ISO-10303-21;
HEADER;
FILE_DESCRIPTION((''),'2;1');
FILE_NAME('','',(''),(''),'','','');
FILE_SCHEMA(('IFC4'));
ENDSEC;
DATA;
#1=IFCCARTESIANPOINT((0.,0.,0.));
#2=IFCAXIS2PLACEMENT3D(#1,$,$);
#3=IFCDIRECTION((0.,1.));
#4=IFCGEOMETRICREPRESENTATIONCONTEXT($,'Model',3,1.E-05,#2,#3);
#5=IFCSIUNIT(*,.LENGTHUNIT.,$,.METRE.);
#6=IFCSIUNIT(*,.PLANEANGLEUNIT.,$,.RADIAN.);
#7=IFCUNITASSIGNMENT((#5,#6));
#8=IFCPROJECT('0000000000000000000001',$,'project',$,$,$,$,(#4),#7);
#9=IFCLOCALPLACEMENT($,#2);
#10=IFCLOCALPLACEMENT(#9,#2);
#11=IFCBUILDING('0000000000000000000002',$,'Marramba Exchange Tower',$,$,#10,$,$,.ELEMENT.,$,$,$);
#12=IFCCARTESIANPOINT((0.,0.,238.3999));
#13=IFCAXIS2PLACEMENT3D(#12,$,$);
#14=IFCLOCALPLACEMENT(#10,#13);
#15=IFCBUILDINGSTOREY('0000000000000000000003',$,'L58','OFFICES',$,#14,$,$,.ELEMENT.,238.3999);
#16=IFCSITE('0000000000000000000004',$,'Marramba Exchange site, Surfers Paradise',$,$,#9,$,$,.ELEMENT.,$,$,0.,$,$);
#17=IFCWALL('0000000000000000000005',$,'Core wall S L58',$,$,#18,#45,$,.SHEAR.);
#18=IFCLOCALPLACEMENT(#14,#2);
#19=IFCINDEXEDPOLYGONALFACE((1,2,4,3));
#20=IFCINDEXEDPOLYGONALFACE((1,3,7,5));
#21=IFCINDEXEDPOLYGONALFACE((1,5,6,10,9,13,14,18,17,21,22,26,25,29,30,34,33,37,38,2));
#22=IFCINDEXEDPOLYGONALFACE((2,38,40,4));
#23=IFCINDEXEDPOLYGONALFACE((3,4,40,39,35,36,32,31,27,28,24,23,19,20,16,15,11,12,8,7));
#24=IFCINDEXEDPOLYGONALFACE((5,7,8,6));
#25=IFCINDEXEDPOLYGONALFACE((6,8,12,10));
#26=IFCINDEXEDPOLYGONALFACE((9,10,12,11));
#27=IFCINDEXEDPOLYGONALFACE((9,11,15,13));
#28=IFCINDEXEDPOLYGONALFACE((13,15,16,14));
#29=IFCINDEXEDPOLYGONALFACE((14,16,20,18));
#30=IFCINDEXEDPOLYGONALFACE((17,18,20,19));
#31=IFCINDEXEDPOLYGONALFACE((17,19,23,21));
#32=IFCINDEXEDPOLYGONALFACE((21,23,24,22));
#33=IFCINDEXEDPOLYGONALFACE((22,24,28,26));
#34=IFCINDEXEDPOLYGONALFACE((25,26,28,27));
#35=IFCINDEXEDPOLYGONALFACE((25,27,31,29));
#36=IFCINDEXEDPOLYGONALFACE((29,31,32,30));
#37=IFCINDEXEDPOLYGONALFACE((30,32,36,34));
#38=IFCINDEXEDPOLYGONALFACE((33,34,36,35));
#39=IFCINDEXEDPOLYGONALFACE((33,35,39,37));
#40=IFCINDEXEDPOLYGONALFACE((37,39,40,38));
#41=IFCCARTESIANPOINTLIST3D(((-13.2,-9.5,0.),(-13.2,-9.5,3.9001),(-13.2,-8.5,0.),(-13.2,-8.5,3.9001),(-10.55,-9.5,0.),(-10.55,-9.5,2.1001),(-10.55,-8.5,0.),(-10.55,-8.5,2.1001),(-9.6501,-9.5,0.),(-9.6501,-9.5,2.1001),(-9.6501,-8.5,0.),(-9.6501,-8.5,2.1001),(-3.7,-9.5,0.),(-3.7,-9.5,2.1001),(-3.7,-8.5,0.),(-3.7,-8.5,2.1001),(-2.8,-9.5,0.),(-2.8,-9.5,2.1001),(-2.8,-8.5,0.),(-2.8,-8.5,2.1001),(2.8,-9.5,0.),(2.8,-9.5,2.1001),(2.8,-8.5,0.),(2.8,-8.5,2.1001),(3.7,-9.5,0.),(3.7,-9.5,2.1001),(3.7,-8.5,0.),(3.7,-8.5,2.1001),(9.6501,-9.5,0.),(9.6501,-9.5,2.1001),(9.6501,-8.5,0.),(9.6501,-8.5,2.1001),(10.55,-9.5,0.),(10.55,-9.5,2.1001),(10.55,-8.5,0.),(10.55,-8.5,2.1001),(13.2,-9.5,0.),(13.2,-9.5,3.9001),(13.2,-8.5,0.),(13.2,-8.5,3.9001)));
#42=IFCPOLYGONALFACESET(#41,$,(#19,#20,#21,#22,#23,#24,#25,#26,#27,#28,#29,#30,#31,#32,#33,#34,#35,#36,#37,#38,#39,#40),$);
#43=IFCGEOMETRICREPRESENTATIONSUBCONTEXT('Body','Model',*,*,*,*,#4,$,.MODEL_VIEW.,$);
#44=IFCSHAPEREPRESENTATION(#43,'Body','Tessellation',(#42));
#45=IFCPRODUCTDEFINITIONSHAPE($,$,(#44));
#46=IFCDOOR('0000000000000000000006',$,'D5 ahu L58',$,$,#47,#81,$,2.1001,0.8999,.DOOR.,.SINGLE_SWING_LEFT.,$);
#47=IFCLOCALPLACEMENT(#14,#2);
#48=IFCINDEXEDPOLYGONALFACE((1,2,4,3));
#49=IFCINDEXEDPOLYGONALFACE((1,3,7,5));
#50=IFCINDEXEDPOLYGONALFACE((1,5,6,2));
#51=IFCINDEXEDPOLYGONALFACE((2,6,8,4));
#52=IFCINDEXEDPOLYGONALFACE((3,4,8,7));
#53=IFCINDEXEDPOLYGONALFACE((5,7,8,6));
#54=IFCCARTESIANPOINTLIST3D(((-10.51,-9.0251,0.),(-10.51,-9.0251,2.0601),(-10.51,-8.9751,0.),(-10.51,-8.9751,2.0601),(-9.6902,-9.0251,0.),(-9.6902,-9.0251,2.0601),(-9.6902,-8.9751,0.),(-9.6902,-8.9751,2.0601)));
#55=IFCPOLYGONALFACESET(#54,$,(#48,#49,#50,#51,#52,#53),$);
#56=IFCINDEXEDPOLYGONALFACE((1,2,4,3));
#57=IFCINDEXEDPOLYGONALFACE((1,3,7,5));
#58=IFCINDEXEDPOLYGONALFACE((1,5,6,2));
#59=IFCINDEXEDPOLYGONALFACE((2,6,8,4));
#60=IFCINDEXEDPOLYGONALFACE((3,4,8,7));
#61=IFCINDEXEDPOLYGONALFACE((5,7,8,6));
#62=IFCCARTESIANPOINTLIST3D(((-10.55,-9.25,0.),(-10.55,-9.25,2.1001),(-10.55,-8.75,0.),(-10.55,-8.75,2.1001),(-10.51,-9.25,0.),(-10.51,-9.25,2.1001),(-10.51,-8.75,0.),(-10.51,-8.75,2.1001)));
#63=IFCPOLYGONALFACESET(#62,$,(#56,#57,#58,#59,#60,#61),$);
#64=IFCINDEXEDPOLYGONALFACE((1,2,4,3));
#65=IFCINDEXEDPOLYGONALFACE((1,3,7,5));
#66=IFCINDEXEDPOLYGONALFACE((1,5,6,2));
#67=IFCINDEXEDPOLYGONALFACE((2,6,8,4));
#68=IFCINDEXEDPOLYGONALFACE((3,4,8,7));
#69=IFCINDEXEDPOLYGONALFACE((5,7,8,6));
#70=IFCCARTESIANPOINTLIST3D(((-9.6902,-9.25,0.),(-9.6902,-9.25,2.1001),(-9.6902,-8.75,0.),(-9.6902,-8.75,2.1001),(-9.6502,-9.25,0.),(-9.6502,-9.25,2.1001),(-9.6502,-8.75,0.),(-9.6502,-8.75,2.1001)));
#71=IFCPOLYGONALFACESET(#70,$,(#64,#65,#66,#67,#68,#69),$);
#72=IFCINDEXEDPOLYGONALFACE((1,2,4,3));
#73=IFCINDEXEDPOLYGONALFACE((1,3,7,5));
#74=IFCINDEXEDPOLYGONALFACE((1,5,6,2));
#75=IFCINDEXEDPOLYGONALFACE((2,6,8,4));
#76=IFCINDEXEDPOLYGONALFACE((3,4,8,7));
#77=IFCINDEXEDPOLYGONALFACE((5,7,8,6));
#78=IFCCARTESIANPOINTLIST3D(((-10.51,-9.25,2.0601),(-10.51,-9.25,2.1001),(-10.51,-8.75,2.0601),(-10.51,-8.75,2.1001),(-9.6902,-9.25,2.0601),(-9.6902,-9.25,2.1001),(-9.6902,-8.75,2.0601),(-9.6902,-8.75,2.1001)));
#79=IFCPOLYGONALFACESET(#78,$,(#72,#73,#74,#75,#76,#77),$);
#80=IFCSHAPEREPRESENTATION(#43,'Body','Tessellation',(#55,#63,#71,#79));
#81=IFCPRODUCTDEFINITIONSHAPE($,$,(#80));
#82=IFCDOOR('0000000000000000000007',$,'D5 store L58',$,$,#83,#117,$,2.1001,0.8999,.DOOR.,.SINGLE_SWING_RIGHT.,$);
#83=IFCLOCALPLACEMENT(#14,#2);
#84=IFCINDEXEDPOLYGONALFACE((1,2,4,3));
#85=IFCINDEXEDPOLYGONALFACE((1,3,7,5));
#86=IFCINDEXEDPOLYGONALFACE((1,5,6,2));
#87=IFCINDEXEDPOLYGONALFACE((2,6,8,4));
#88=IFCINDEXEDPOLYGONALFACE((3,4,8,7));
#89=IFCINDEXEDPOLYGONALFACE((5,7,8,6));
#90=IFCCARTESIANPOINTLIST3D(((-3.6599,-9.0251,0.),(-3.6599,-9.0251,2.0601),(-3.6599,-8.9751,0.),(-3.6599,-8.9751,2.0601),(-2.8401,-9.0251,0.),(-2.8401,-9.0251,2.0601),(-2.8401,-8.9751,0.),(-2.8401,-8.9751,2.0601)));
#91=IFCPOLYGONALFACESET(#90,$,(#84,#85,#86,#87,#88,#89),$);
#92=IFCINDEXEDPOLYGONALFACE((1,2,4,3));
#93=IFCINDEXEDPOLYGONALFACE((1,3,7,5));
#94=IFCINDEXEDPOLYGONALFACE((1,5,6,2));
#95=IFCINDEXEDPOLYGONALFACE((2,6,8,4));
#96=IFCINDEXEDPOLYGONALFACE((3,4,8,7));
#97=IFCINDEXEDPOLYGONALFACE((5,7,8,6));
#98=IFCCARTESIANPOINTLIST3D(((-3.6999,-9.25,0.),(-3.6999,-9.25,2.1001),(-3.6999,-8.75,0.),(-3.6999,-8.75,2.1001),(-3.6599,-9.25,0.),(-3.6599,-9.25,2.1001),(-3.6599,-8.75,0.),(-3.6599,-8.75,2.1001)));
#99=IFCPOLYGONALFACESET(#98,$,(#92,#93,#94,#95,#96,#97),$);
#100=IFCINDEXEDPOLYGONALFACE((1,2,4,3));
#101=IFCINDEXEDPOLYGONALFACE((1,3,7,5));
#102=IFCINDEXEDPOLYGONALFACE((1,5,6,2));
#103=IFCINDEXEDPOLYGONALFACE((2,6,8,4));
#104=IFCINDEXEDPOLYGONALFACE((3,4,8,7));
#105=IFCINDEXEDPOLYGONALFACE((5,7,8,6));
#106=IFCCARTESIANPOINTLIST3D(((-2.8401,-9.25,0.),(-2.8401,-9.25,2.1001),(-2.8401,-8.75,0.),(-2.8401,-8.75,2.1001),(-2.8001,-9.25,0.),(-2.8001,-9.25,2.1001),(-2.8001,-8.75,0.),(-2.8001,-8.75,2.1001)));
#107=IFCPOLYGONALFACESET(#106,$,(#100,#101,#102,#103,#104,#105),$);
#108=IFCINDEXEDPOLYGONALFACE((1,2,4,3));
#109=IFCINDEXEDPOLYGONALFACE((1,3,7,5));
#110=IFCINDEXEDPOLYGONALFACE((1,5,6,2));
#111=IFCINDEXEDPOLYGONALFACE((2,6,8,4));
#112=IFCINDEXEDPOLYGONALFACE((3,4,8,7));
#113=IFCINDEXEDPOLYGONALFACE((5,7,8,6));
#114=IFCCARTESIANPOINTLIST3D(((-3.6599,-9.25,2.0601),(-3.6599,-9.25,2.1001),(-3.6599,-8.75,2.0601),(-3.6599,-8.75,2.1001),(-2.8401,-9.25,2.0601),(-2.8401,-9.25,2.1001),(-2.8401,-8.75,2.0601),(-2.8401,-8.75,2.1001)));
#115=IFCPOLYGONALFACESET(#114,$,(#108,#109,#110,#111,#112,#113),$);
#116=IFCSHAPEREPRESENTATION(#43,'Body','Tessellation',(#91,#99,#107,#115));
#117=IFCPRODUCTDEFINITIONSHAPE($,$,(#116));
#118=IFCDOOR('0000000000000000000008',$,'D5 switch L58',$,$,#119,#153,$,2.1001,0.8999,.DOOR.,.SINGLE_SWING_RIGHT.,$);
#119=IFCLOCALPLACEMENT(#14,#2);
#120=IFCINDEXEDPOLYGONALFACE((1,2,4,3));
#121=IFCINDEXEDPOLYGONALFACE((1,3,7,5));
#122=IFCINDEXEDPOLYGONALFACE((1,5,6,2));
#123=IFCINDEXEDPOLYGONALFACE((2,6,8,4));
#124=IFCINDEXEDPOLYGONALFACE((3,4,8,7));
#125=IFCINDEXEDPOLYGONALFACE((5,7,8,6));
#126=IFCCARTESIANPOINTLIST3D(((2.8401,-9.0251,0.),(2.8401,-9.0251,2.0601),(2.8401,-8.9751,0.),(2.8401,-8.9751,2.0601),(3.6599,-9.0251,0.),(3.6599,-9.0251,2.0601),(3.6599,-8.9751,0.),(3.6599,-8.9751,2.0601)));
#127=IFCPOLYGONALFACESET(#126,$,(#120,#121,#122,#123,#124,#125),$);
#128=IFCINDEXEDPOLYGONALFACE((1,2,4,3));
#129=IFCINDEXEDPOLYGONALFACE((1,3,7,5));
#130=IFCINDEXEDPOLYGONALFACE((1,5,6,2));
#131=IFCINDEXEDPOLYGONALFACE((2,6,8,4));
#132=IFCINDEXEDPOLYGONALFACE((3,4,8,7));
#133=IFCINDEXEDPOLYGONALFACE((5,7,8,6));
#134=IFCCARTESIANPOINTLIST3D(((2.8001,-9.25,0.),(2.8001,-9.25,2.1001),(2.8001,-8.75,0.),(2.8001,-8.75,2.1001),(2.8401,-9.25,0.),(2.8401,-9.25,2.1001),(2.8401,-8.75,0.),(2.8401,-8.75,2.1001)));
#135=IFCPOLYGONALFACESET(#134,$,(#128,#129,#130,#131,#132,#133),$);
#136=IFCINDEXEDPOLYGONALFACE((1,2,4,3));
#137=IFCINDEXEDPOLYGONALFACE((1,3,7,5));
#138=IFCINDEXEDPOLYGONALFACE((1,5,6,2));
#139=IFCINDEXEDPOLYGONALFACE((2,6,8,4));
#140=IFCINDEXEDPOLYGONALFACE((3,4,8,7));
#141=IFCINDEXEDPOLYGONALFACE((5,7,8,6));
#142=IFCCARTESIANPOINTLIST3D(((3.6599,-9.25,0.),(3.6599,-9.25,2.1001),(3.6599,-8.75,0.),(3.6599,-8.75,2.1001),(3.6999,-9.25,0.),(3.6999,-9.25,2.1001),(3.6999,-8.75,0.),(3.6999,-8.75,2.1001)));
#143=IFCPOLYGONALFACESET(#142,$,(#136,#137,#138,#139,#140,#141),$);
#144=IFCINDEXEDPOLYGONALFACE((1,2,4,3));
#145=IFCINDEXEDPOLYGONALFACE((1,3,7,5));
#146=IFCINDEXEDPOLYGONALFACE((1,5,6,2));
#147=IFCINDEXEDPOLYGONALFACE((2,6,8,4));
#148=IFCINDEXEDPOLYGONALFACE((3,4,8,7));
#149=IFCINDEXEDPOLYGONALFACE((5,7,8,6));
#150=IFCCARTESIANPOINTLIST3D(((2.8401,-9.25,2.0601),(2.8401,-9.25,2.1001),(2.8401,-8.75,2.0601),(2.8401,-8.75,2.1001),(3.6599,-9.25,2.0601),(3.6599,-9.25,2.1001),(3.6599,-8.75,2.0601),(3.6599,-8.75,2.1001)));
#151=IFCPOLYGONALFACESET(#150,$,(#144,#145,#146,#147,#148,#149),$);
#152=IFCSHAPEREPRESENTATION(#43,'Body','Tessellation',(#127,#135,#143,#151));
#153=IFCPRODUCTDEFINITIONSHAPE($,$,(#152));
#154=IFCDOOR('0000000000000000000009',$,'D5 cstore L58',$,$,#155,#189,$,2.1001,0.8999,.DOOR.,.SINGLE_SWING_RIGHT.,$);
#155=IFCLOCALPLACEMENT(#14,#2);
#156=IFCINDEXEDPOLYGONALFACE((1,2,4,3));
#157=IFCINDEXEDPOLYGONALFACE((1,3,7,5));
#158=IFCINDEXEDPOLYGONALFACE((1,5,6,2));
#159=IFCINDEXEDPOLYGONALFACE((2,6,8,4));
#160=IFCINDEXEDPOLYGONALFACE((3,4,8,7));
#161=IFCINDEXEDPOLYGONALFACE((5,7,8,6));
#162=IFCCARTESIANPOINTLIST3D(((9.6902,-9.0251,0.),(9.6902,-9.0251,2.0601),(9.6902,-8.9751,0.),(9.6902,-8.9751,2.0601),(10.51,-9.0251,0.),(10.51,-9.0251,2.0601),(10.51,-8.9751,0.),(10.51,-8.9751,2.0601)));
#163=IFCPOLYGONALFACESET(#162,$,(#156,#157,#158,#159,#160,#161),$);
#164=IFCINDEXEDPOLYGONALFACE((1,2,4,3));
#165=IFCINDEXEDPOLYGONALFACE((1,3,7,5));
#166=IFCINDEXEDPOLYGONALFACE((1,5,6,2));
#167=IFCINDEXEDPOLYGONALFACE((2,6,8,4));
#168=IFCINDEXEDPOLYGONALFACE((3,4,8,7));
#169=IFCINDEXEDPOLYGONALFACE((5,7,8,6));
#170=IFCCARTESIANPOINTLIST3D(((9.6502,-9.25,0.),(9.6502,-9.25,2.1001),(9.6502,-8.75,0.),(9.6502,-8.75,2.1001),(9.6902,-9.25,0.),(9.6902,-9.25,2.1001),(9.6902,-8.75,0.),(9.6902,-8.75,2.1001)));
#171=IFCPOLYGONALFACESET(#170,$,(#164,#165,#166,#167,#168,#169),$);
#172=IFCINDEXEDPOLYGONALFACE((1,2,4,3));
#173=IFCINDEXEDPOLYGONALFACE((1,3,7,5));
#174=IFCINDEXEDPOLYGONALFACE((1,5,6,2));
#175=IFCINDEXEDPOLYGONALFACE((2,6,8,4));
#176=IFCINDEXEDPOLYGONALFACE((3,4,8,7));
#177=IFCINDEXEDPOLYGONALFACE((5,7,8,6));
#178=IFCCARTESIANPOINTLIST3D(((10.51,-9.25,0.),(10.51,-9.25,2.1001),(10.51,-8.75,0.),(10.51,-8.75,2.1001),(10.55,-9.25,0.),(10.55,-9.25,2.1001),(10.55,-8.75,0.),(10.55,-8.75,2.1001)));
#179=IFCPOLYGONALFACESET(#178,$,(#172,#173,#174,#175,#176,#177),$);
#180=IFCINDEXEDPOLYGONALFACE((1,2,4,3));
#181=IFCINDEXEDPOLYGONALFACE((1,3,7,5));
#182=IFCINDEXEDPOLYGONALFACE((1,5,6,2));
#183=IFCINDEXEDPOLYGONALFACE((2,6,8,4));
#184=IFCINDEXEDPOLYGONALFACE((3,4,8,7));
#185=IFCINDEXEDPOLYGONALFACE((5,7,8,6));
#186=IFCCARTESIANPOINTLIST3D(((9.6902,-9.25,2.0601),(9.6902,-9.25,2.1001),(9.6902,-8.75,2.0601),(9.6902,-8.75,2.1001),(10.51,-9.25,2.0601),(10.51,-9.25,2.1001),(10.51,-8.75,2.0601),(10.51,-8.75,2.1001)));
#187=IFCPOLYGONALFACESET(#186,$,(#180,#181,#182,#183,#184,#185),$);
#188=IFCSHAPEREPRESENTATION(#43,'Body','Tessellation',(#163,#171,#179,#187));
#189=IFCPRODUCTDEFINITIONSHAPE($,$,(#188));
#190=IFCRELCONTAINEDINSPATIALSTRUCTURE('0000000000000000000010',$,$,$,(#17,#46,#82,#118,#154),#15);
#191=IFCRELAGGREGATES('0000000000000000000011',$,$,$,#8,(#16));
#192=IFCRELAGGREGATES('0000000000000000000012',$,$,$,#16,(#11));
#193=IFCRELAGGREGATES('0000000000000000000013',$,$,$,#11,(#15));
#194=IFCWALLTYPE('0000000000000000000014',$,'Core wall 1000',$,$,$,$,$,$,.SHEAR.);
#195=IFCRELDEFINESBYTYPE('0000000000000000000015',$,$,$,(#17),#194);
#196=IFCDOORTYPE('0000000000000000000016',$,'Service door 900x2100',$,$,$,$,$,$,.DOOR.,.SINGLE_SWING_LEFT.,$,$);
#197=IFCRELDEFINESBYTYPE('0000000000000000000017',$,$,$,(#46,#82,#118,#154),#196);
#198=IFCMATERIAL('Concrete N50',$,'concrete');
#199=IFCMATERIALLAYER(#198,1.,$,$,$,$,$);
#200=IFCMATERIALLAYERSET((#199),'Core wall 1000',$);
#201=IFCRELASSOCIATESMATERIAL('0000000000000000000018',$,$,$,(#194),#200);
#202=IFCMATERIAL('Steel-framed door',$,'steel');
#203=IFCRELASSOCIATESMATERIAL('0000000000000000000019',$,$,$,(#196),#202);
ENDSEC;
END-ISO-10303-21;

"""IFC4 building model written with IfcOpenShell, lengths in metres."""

from ifc_helpers import new_model, si_unit, direction, frame, frame_2d, origin, place, context, subcontext, project, spatial, rectangle, extrude, material, layer, layer_set, type_object, element, fill, save


model = new_model("IFC4")

# Units and contexts
model_context = context("Model", 3, precision=1e-05, world=origin(), true_north=direction((0.0, 1.0)))
body_context = subcontext(model_context, "Body", "Model", "MODEL_VIEW")
ifc_project = project(units=[si_unit("LENGTHUNIT", "METRE"), si_unit("PLANEANGLEUNIT", "RADIAN")], contexts=[model_context])

# Site, building, storey
site_placement = place(None, origin())
site = spatial("IfcSite", under=ifc_project, at=site_placement, Name="Marramba Exchange site, Surfers Paradise", CompositionType="ELEMENT", RefElevation=0.0)
building_placement = place(site_placement, origin())
building = spatial("IfcBuilding", under=site, at=building_placement, Name="Marramba Exchange Tower", CompositionType="ELEMENT")
storey_placement = place(building_placement, frame((0.0, 0.0, 238.3999)))
storey = spatial("IfcBuildingStorey", under=building, at=storey_placement, Name="L58", Description="OFFICES", CompositionType="ELEMENT", Elevation=238.3999)

# Shared definitions
ifc_material_1 = material(Name="Concrete N50", Category="concrete")

# Wall, openings, doors
ifc_layer_1 = layer(ifc_material_1, 1.0)
ifc_layer_set_1 = layer_set([ifc_layer_1], Name="Core wall 1000")
wall_type_1 = type_object("IfcWallType", Name="Core wall 1000", PredefinedType="SHEAR", material=ifc_layer_set_1)
wall_1_placement = place(storey_placement, frame((-13.2, -9.0, 0.0), z_axis=(0.0, 0.0, 1.0), x_axis=(1.0, 0.0, 0.0)))
wall_1 = element("IfcWall", 1, at=wall_1_placement, inside=storey, type_object=wall_type_1, Name="Core wall S L58", PredefinedType="SHEAR", context=body_context, shape_type="SweptSolid", body=[
    extrude(rectangle(XDim=26.3999, YDim=1.0, at=frame_2d((13.2, 0.0))), origin(), (0.0, 0.0, 1.0), 3.9001),
])
opening_1_placement = place(wall_1_placement, frame((2.6499, 0.0, 0.0)))
opening_1 = element("IfcOpeningElement", 2, at=opening_1_placement, cuts=wall_1, PredefinedType="OPENING", context=body_context, shape_type="SweptSolid", body=[
    extrude(rectangle(XDim=0.8999, YDim=2.1001, at=frame_2d((0.45, 1.05))), frame((0.0, 0.51, 0.0), z_axis=(0.0, -1.0, 0.0), x_axis=(1.0, 0.0, 0.0)), (0.0, 0.0, 1.0), 1.02),
])
opening_2_placement = place(wall_1_placement, frame((9.5, 0.0, 0.0)))
opening_2 = element("IfcOpeningElement", 3, at=opening_2_placement, cuts=wall_1, PredefinedType="OPENING", context=body_context, shape_type="SweptSolid", body=[
    extrude(rectangle(XDim=0.8999, YDim=2.1001, at=frame_2d((0.45, 1.05))), frame((0.0, 0.51, 0.0), z_axis=(0.0, -1.0, 0.0), x_axis=(1.0, 0.0, 0.0)), (0.0, 0.0, 1.0), 1.02),
])
opening_3_placement = place(wall_1_placement, frame((16.0, 0.0, 0.0)))
opening_3 = element("IfcOpeningElement", 4, at=opening_3_placement, cuts=wall_1, PredefinedType="OPENING", context=body_context, shape_type="SweptSolid", body=[
    extrude(rectangle(XDim=0.8999, YDim=2.1001, at=frame_2d((0.45, 1.05))), frame((0.0, 0.51, 0.0), z_axis=(0.0, -1.0, 0.0), x_axis=(1.0, 0.0, 0.0)), (0.0, 0.0, 1.0), 1.02),
])
opening_4_placement = place(wall_1_placement, frame((22.8501, 0.0, 0.0)))
opening_4 = element("IfcOpeningElement", 5, at=opening_4_placement, cuts=wall_1, PredefinedType="OPENING", context=body_context, shape_type="SweptSolid", body=[
    extrude(rectangle(XDim=0.8999, YDim=2.1001, at=frame_2d((0.45, 1.05))), frame((0.0, 0.51, 0.0), z_axis=(0.0, -1.0, 0.0), x_axis=(1.0, 0.0, 0.0)), (0.0, 0.0, 1.0), 1.02),
])
ifc_material_2 = material(Name="Steel-framed door", Category="steel")
door_type = type_object("IfcDoorType", Name="Service door 900x2100", OperationType="SINGLE_SWING_LEFT", PredefinedType="DOOR", material=ifc_material_2)
door_1_placement = place(opening_1_placement, origin())
door_1 = element("IfcDoor", 6, at=door_1_placement, inside=storey, type_object=door_type, Name="D5 ahu L58", OperationType="SINGLE_SWING_LEFT", OverallHeight=2.1001, OverallWidth=0.8999, PredefinedType="DOOR", context=body_context, shape_type="SweptSolid", body=[
    extrude(rectangle(XDim=0.8198, YDim=2.0601, at=frame_2d((0.45, 1.03))), frame((0.0, 0.0249, 0.0), z_axis=(0.0, -1.0, 0.0), x_axis=(1.0, 0.0, 0.0)), (0.0, 0.0, 1.0), 0.05),
    extrude(rectangle(XDim=0.04, YDim=2.1001, at=frame_2d((0.02, 1.05))), frame((0.0, 0.25, 0.0), z_axis=(0.0, -1.0, 0.0), x_axis=(1.0, 0.0, 0.0)), (0.0, 0.0, 1.0), 0.5),
    extrude(rectangle(XDim=0.04, YDim=2.1001, at=frame_2d((0.8799, 1.05))), frame((0.0, 0.25, 0.0), z_axis=(0.0, -1.0, 0.0), x_axis=(1.0, 0.0, 0.0)), (0.0, 0.0, 1.0), 0.5),
    extrude(rectangle(XDim=0.8198, YDim=0.04, at=frame_2d((0.45, 2.0801))), frame((0.0, 0.25, 0.0), z_axis=(0.0, -1.0, 0.0), x_axis=(1.0, 0.0, 0.0)), (0.0, 0.0, 1.0), 0.5),
])
fill(opening_1, door_1)
door_2_placement = place(opening_2_placement, origin())
door_2 = element("IfcDoor", 7, at=door_2_placement, inside=storey, type_object=door_type, Name="D5 store L58", OperationType="SINGLE_SWING_RIGHT", OverallHeight=2.1001, OverallWidth=0.8999, PredefinedType="DOOR", context=body_context, shape_type="SweptSolid", body=[
    extrude(rectangle(XDim=0.8198, YDim=2.0601, at=frame_2d((0.45, 1.03))), frame((0.0, 0.0249, 0.0), z_axis=(0.0, -1.0, 0.0), x_axis=(1.0, 0.0, 0.0)), (0.0, 0.0, 1.0), 0.05),
    extrude(rectangle(XDim=0.04, YDim=2.1001, at=frame_2d((0.02, 1.05))), frame((0.0, 0.25, 0.0), z_axis=(0.0, -1.0, 0.0), x_axis=(1.0, 0.0, 0.0)), (0.0, 0.0, 1.0), 0.5),
    extrude(rectangle(XDim=0.04, YDim=2.1001, at=frame_2d((0.8799, 1.05))), frame((0.0, 0.25, 0.0), z_axis=(0.0, -1.0, 0.0), x_axis=(1.0, 0.0, 0.0)), (0.0, 0.0, 1.0), 0.5),
    extrude(rectangle(XDim=0.8198, YDim=0.04, at=frame_2d((0.45, 2.0801))), frame((0.0, 0.25, 0.0), z_axis=(0.0, -1.0, 0.0), x_axis=(1.0, 0.0, 0.0)), (0.0, 0.0, 1.0), 0.5),
])
fill(opening_2, door_2)
door_3_placement = place(opening_3_placement, origin())
door_3 = element("IfcDoor", 8, at=door_3_placement, inside=storey, type_object=door_type, Name="D5 switch L58", OperationType="SINGLE_SWING_RIGHT", OverallHeight=2.1001, OverallWidth=0.8999, PredefinedType="DOOR", context=body_context, shape_type="SweptSolid", body=[
    extrude(rectangle(XDim=0.8198, YDim=2.0601, at=frame_2d((0.45, 1.03))), frame((0.0, 0.0249, 0.0), z_axis=(0.0, -1.0, 0.0), x_axis=(1.0, 0.0, 0.0)), (0.0, 0.0, 1.0), 0.05),
    extrude(rectangle(XDim=0.04, YDim=2.1001, at=frame_2d((0.02, 1.05))), frame((0.0, 0.25, 0.0), z_axis=(0.0, -1.0, 0.0), x_axis=(1.0, 0.0, 0.0)), (0.0, 0.0, 1.0), 0.5),
    extrude(rectangle(XDim=0.04, YDim=2.1001, at=frame_2d((0.8799, 1.05))), frame((0.0, 0.25, 0.0), z_axis=(0.0, -1.0, 0.0), x_axis=(1.0, 0.0, 0.0)), (0.0, 0.0, 1.0), 0.5),
    extrude(rectangle(XDim=0.8198, YDim=0.04, at=frame_2d((0.45, 2.0801))), frame((0.0, 0.25, 0.0), z_axis=(0.0, -1.0, 0.0), x_axis=(1.0, 0.0, 0.0)), (0.0, 0.0, 1.0), 0.5),
])
fill(opening_3, door_3)
door_4_placement = place(opening_4_placement, origin())
door_4 = element("IfcDoor", 9, at=door_4_placement, inside=storey, type_object=door_type, Name="D5 cstore L58", OperationType="SINGLE_SWING_RIGHT", OverallHeight=2.1001, OverallWidth=0.8999, PredefinedType="DOOR", context=body_context, shape_type="SweptSolid", body=[
    extrude(rectangle(XDim=0.8198, YDim=2.0601, at=frame_2d((0.45, 1.03))), frame((0.0, 0.0249, 0.0), z_axis=(0.0, -1.0, 0.0), x_axis=(1.0, 0.0, 0.0)), (0.0, 0.0, 1.0), 0.05),
    extrude(rectangle(XDim=0.04, YDim=2.1001, at=frame_2d((0.02, 1.05))), frame((0.0, 0.25, 0.0), z_axis=(0.0, -1.0, 0.0), x_axis=(1.0, 0.0, 0.0)), (0.0, 0.0, 1.0), 0.5),
    extrude(rectangle(XDim=0.04, YDim=2.1001, at=frame_2d((0.8799, 1.05))), frame((0.0, 0.25, 0.0), z_axis=(0.0, -1.0, 0.0), x_axis=(1.0, 0.0, 0.0)), (0.0, 0.0, 1.0), 0.5),
    extrude(rectangle(XDim=0.8198, YDim=0.04, at=frame_2d((0.45, 2.0801))), frame((0.0, 0.25, 0.0), z_axis=(0.0, -1.0, 0.0), x_axis=(1.0, 0.0, 0.0)), (0.0, 0.0, 1.0), 0.5),
])
fill(opening_4, door_4)

save(model, "model.ifc")
